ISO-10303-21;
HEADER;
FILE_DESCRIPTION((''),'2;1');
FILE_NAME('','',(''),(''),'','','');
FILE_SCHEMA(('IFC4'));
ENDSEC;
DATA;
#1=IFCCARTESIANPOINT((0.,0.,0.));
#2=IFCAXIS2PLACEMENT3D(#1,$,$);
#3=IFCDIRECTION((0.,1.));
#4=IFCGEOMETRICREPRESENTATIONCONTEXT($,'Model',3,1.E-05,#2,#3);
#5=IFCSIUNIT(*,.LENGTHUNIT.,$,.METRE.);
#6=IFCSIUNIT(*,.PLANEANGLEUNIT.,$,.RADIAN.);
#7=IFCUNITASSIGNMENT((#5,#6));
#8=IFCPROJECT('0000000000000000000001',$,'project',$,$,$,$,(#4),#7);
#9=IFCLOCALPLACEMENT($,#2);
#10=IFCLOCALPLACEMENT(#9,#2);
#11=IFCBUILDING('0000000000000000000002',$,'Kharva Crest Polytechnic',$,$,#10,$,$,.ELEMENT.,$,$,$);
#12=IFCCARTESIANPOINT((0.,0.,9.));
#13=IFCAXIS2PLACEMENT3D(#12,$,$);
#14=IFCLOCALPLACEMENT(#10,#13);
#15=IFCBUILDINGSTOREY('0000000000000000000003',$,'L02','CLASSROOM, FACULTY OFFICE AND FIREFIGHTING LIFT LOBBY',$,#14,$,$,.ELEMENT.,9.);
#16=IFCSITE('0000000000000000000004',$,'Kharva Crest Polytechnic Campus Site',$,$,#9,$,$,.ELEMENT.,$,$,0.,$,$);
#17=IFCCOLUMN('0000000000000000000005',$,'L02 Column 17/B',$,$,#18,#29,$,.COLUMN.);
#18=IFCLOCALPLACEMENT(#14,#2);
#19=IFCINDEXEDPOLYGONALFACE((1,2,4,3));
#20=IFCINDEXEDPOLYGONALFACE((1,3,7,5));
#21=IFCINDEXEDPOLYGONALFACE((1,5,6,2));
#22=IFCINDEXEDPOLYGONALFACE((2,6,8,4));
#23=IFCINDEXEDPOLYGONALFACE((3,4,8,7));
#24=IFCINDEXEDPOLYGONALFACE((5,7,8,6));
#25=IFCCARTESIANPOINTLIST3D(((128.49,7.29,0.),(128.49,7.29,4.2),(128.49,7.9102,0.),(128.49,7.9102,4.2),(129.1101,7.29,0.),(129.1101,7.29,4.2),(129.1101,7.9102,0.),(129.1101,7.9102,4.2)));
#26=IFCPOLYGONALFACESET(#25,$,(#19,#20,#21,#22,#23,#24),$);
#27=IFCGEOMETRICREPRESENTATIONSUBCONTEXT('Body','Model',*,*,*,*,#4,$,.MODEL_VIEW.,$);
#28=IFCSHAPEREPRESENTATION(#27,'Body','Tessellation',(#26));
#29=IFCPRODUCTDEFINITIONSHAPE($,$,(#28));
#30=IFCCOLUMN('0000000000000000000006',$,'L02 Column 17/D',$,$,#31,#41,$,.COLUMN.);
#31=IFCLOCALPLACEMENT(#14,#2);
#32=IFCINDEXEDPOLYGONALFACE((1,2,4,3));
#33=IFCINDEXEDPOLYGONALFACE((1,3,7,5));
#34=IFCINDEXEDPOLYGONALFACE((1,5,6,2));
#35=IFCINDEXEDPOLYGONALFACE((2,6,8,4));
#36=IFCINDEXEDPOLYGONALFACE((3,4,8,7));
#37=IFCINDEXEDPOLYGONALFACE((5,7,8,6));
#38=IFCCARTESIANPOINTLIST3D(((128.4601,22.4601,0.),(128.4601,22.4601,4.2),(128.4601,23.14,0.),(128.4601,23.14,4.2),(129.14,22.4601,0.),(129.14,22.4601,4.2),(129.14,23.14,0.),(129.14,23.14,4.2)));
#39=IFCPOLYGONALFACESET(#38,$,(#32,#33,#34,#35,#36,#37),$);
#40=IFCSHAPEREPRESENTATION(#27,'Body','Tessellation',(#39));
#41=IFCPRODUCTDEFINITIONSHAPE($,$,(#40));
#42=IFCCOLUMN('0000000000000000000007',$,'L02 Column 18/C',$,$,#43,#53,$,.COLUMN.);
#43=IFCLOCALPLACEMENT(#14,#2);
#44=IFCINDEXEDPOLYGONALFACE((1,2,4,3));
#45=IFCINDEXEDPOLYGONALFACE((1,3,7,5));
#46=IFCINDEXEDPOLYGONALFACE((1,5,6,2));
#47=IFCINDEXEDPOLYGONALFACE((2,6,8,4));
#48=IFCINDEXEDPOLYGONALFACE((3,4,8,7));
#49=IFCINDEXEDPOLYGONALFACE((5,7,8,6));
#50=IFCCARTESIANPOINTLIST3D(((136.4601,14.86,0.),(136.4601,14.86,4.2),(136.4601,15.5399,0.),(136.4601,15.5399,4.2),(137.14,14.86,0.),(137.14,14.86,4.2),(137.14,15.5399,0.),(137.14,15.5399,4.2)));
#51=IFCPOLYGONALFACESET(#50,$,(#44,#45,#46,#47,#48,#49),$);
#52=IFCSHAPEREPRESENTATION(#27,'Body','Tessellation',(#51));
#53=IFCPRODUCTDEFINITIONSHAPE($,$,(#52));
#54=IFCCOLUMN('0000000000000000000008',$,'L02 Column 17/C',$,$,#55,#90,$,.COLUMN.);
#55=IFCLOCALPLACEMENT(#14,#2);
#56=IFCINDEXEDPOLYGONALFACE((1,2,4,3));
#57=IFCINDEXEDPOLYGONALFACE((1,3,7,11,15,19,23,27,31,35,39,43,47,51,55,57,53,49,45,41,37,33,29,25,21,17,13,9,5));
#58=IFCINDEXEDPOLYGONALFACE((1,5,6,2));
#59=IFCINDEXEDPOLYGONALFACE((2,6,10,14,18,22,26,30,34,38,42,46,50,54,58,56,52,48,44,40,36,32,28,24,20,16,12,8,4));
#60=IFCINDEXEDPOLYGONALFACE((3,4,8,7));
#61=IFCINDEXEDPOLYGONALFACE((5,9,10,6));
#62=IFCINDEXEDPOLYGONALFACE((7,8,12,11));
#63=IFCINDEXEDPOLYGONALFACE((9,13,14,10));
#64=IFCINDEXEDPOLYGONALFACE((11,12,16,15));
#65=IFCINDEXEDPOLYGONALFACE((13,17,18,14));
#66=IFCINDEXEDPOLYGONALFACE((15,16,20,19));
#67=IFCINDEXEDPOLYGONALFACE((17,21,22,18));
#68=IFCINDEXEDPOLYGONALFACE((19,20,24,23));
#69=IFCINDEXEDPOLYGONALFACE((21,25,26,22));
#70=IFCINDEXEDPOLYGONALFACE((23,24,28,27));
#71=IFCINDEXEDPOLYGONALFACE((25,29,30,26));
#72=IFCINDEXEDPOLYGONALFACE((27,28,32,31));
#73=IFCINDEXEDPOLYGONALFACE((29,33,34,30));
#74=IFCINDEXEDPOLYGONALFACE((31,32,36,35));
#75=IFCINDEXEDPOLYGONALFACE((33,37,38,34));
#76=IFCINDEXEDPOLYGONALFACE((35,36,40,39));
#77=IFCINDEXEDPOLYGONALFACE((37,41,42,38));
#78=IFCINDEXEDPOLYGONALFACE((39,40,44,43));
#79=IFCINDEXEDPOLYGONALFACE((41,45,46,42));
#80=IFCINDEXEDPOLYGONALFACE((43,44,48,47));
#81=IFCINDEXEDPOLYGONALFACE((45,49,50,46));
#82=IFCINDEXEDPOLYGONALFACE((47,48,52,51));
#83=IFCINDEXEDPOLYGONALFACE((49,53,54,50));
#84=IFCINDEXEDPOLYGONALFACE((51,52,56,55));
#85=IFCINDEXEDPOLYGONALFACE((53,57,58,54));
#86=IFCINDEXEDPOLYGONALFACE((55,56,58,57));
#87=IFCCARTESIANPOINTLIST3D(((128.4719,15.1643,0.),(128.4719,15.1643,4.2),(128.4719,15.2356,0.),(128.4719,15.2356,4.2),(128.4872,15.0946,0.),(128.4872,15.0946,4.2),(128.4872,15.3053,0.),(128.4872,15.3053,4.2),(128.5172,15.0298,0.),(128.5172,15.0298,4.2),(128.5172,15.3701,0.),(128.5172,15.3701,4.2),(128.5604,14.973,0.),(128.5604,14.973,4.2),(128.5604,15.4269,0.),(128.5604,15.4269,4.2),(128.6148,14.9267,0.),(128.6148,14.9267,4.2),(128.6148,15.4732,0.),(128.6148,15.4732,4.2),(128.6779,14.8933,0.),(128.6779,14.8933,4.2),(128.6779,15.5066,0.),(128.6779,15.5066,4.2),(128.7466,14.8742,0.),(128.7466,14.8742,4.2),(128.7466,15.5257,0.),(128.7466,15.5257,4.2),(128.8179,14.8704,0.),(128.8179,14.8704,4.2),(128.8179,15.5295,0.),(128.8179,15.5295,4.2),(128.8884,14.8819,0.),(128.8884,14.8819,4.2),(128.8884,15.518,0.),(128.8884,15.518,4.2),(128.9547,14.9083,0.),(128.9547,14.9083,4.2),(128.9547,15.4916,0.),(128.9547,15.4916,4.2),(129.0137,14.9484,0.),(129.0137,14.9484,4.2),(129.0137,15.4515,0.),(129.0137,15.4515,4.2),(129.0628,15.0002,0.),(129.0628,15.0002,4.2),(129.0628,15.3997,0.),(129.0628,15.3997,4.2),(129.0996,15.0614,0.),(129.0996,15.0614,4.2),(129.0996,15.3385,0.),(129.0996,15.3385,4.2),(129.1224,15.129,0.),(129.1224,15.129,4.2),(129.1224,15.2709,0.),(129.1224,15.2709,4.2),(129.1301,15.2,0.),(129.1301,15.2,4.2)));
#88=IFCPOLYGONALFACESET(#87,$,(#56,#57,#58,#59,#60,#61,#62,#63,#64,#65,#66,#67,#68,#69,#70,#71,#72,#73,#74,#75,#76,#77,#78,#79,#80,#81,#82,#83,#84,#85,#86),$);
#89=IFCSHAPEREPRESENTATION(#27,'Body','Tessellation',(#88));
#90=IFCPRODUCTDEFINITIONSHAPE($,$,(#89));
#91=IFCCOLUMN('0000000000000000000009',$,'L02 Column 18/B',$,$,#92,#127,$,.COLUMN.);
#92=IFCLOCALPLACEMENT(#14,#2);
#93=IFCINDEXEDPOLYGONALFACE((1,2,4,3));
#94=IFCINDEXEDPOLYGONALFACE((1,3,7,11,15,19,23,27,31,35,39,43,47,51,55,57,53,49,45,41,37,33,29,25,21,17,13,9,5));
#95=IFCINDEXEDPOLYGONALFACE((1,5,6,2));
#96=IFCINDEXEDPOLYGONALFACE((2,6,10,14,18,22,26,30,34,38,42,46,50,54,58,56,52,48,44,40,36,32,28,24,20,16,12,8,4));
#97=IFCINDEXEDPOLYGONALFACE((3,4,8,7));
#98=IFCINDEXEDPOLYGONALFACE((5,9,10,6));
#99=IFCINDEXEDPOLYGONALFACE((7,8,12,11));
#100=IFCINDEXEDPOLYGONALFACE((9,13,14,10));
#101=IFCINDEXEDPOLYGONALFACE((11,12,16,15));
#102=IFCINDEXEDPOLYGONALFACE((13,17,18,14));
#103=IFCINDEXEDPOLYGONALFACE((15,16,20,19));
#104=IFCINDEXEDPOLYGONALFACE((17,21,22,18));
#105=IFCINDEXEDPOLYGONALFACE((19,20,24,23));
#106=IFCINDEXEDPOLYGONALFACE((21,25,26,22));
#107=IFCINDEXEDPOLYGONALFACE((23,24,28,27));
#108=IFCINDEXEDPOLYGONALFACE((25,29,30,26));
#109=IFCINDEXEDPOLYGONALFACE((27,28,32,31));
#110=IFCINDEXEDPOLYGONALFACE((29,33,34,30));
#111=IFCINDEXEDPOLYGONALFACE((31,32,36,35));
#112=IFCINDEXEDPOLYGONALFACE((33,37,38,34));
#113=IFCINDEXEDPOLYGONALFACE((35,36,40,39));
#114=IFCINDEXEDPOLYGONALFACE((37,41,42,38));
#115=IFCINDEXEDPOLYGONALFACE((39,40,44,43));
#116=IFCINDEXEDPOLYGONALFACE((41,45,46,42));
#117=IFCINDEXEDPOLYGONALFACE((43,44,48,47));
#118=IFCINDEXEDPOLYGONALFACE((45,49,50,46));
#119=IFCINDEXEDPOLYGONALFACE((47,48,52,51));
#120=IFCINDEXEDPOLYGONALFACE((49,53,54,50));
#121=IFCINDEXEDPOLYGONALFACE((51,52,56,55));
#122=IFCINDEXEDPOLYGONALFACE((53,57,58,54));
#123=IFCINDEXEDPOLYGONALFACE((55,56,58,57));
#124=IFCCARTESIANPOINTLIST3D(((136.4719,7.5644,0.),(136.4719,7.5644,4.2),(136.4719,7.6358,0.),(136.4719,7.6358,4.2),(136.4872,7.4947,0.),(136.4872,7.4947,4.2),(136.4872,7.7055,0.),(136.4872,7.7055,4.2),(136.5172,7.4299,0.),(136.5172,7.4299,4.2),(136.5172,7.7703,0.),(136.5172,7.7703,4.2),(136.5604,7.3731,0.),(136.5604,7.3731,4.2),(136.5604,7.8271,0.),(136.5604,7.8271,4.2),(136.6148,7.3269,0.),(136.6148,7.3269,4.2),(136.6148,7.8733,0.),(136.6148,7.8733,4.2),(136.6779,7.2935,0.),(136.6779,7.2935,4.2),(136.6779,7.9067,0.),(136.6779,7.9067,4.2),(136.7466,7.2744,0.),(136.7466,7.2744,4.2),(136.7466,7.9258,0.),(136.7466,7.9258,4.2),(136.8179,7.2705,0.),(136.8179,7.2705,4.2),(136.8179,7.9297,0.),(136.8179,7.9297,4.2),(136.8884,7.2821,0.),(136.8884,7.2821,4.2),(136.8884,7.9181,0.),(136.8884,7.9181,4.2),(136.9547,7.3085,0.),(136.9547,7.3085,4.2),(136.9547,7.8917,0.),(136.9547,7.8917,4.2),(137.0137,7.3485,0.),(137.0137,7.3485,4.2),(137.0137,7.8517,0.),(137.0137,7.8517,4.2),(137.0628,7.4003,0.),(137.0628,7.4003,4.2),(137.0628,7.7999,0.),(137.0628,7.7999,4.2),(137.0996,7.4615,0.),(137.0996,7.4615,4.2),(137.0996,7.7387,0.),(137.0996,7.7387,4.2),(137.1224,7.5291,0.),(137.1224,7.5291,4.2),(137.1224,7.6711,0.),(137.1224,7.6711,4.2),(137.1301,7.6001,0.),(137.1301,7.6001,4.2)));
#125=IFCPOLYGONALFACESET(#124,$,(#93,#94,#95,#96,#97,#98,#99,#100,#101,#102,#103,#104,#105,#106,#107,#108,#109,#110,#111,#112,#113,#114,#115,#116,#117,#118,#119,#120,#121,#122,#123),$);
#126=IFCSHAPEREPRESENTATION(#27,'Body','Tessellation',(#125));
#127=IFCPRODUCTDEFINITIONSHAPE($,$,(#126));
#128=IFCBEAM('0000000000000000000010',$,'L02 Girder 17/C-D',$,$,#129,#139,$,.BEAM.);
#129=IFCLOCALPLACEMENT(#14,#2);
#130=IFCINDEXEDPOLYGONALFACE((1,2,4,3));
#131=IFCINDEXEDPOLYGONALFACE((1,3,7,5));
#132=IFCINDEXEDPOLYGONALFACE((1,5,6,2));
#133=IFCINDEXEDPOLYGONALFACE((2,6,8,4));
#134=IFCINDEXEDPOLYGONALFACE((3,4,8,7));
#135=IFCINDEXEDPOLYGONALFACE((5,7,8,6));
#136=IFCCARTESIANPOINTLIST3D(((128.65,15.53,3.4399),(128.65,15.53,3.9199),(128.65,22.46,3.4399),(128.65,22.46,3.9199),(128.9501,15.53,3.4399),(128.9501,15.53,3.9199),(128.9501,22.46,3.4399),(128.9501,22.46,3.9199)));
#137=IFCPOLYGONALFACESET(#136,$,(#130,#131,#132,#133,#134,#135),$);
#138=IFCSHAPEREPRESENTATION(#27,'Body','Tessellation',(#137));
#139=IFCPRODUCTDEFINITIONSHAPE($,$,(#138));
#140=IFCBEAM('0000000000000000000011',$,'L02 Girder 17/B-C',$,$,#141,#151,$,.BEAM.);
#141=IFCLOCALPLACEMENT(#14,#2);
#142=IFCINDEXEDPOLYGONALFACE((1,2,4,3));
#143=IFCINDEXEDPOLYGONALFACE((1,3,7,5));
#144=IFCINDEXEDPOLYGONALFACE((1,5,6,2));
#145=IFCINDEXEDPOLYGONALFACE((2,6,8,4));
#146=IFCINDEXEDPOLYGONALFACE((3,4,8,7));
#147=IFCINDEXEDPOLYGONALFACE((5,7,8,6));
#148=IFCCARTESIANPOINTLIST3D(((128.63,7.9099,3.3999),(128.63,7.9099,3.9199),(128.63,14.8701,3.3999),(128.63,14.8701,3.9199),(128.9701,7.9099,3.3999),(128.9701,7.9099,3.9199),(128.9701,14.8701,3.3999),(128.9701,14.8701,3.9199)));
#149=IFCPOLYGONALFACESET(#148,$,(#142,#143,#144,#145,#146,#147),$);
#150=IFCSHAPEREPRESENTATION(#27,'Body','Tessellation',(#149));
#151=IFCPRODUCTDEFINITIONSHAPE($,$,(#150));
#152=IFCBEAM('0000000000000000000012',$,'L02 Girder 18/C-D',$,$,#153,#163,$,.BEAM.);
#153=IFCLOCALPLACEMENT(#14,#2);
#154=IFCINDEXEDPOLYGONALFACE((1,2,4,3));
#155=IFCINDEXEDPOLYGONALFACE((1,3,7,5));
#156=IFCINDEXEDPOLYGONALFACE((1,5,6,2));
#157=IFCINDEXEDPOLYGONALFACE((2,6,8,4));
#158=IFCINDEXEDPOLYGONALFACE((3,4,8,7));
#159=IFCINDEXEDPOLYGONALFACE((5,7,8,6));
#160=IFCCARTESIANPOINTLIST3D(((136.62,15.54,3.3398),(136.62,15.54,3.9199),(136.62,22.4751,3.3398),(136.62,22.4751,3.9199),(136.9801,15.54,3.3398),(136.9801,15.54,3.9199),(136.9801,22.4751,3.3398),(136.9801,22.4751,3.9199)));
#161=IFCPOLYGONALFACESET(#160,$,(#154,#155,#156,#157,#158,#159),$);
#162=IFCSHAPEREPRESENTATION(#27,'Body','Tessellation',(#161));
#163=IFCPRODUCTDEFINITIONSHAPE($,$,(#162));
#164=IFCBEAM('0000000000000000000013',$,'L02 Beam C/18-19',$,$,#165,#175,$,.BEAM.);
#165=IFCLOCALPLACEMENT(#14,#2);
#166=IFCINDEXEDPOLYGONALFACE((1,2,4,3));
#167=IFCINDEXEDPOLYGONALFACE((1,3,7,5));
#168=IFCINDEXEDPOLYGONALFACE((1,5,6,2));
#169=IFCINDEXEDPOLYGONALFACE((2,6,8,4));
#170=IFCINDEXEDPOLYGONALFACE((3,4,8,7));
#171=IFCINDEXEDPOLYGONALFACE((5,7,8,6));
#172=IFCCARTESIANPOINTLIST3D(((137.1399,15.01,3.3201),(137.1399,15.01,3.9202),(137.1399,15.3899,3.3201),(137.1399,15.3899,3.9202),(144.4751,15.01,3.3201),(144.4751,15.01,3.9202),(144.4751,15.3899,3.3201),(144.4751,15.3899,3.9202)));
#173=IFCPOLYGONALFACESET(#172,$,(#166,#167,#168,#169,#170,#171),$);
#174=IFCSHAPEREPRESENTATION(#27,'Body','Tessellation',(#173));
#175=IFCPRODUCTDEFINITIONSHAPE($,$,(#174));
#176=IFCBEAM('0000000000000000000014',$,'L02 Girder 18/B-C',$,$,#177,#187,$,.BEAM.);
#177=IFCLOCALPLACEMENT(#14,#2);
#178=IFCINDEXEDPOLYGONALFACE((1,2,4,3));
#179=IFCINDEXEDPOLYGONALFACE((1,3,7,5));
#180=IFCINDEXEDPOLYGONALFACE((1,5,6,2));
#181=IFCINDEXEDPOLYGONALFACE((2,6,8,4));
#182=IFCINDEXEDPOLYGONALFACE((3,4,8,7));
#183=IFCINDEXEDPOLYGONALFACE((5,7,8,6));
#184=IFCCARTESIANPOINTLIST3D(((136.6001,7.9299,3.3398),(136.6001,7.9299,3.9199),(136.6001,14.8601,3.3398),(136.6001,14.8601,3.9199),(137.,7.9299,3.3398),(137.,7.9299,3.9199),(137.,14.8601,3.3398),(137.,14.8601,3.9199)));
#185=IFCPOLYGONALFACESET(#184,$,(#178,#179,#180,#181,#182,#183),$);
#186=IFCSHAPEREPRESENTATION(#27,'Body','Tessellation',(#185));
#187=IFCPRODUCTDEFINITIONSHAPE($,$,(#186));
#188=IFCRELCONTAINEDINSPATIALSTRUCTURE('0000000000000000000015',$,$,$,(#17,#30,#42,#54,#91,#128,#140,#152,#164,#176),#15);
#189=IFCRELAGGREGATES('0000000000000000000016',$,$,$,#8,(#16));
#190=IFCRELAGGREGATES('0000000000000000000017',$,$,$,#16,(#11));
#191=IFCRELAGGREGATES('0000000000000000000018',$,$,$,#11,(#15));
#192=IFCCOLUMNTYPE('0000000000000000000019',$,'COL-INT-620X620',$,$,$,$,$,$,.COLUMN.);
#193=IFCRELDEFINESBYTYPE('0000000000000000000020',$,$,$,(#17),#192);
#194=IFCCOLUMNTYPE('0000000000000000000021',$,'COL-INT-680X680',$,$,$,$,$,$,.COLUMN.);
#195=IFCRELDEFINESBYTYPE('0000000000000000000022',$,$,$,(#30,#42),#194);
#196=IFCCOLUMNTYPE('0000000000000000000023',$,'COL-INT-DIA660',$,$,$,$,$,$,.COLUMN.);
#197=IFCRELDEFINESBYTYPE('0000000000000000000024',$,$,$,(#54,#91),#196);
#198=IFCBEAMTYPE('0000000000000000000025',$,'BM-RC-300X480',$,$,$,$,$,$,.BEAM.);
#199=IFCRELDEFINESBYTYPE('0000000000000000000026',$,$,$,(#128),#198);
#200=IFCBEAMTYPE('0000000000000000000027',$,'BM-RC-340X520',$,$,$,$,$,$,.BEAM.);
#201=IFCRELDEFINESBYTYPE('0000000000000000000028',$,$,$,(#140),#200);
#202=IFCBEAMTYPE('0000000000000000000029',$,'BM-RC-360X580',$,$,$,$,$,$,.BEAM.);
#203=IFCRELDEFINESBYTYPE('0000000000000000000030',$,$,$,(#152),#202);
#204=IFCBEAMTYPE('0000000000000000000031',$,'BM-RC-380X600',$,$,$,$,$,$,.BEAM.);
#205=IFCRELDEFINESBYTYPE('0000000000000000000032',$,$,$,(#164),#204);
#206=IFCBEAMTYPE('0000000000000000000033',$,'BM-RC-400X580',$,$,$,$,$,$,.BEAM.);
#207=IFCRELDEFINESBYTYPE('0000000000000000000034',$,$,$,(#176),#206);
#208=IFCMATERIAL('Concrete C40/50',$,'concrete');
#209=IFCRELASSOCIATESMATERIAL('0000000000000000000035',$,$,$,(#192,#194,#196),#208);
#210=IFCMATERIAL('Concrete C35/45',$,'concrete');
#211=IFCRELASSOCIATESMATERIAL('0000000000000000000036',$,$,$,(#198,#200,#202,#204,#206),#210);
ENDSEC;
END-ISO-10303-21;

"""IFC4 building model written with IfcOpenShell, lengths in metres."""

from ifc_helpers import new_model, si_unit, direction, frame, origin, origin_2d, place, context, subcontext, project, spatial, rectangle, circle, extrude, material, material_profile, profile_set, type_object, element, save


model = new_model("IFC4")

# Units and contexts
model_context = context("Model", 3, precision=1e-05, world=origin(), true_north=direction((0.0, 1.0)))
body_context = subcontext(model_context, "Body", "Model", "MODEL_VIEW")
ifc_project = project(units=[si_unit("LENGTHUNIT", "METRE"), si_unit("PLANEANGLEUNIT", "RADIAN")], contexts=[model_context])

# Site, building, storey
site_placement = place(None, origin())
site = spatial("IfcSite", under=ifc_project, at=site_placement, Name="Kharva Crest Polytechnic Campus Site", CompositionType="ELEMENT", RefElevation=0.0)
building_placement = place(site_placement, origin())
building = spatial("IfcBuilding", under=site, at=building_placement, Name="Kharva Crest Polytechnic", CompositionType="ELEMENT")
storey_placement = place(building_placement, frame((0.0, 0.0, 9.0)))
storey = spatial("IfcBuildingStorey", under=building, at=storey_placement, Name="L02", Description="CLASSROOM, FACULTY OFFICE AND FIREFIGHTING LIFT LOBBY", CompositionType="ELEMENT", Elevation=9.0)

# Columns
ifc_material_1 = material(Name="Concrete C40/50", Category="concrete")
ifc_material_profile_1 = material_profile(ifc_material_1, rectangle(XDim=0.6201, YDim=0.6201, at=origin_2d()), Name="RECT 620 X 620")
ifc_profile_set_1 = profile_set([ifc_material_profile_1], Name="Concrete C40/50")
column_type_1 = type_object("IfcColumnType", Name="COL-INT-620X620", PredefinedType="COLUMN", material=ifc_profile_set_1)
column_placement = place(storey_placement, frame((128.8, 7.6001, 0.0), z_axis=(0.0, 0.0, 1.0), x_axis=(1.0, 0.0, 0.0)))
element("IfcColumn", 1, at=column_placement, inside=storey, type_object=column_type_1, Name="L02 Column 17/B", PredefinedType="COLUMN", context=body_context, shape_type="SweptSolid", body=[
    extrude(rectangle(XDim=0.6201, YDim=0.6201, at=origin_2d()), origin(), (0.0, 0.0, 1.0), 4.2),
])
ifc_material_profile_2 = material_profile(ifc_material_1, rectangle(XDim=0.6799, YDim=0.6799, at=origin_2d()), Name="RECT 680 X 680")
ifc_profile_set_2 = profile_set([ifc_material_profile_2], Name="Concrete C40/50")
column_type_2 = type_object("IfcColumnType", Name="COL-INT-680X680", PredefinedType="COLUMN", material=ifc_profile_set_2)
for number, where, z_axis, x_axis, name in (
    (2, (128.8, 22.8, 0.0), (0.0, 0.0, 1.0), (1.0, 0.0, 0.0), "L02 Column 17/D"),
    (3, (136.8, 15.2, 0.0), (0.0, 0.0, 1.0), (1.0, 0.0, 0.0), "L02 Column 18/C"),
):
    element("IfcColumn", number, at=place(storey_placement, frame(where, z_axis=z_axis, x_axis=x_axis)), inside=storey, type_object=column_type_2, Name=name, PredefinedType="COLUMN", context=body_context, shape_type="SweptSolid", body=[
        extrude(rectangle(XDim=0.6799, YDim=0.6799, at=origin_2d()), origin(), (0.0, 0.0, 1.0), 4.2),
    ])
ifc_material_profile_3 = material_profile(ifc_material_1, circle(Radius=0.3301, at=origin_2d()), Name="DIA 660")
ifc_profile_set_3 = profile_set([ifc_material_profile_3], Name="Concrete C40/50")
column_type_3 = type_object("IfcColumnType", Name="COL-INT-DIA660", PredefinedType="COLUMN", material=ifc_profile_set_3)
for number, where, z_axis, x_axis, name in (
    (4, (128.8, 15.2, 0.0), (0.0, 0.0, 1.0), (1.0, 0.0, 0.0), "L02 Column 17/C"),
    (5, (136.8, 7.6001, 0.0), (0.0, 0.0, 1.0), (1.0, 0.0, 0.0), "L02 Column 18/B"),
):
    element("IfcColumn", number, at=place(storey_placement, frame(where, z_axis=z_axis, x_axis=x_axis)), inside=storey, type_object=column_type_3, Name=name, PredefinedType="COLUMN", context=body_context, shape_type="SweptSolid", body=[
        extrude(circle(Radius=0.3301, at=origin_2d()), origin(), (0.0, 0.0, 1.0), 4.2),
    ])

# Beams
ifc_material_2 = material(Name="Concrete C35/45", Category="concrete")
ifc_material_profile_4 = material_profile(ifc_material_2, rectangle(XDim=0.3, YDim=0.48, at=origin_2d()), Name="RECT 300 X 480")
ifc_profile_set_4 = profile_set([ifc_material_profile_4], Name="Concrete C35/45")
beam_type_1 = type_object("IfcBeamType", Name="BM-RC-300X480", PredefinedType="BEAM", material=ifc_profile_set_4)
beam_1_placement = place(storey_placement, frame((128.8, 15.53, 3.6799), z_axis=(0.0, 1.0, 0.0), x_axis=(-1.0, 0.0, 0.0)))
element("IfcBeam", 6, at=beam_1_placement, inside=storey, type_object=beam_type_1, Name="L02 Girder 17/C-D", PredefinedType="BEAM", context=body_context, shape_type="SweptSolid", body=[
    extrude(rectangle(XDim=0.3, YDim=0.48, at=origin_2d()), origin(), (0.0, 0.0, 1.0), 6.9299),
])
ifc_material_profile_5 = material_profile(ifc_material_2, rectangle(XDim=0.3401, YDim=0.52, at=origin_2d()), Name="RECT 340 X 520")
ifc_profile_set_5 = profile_set([ifc_material_profile_5], Name="Concrete C35/45")
beam_type_2 = type_object("IfcBeamType", Name="BM-RC-340X520", PredefinedType="BEAM", material=ifc_profile_set_5)
beam_2_placement = place(storey_placement, frame((128.8, 7.9099, 3.6599), z_axis=(0.0, 1.0, 0.0), x_axis=(-1.0, 0.0, 0.0)))
element("IfcBeam", 7, at=beam_2_placement, inside=storey, type_object=beam_type_2, Name="L02 Girder 17/B-C", PredefinedType="BEAM", context=body_context, shape_type="SweptSolid", body=[
    extrude(rectangle(XDim=0.3401, YDim=0.52, at=origin_2d()), origin(), (0.0, 0.0, 1.0), 6.9602),
])
ifc_material_profile_6 = material_profile(ifc_material_2, rectangle(XDim=0.3601, YDim=0.5801, at=origin_2d()), Name="RECT 360 X 580")
ifc_profile_set_6 = profile_set([ifc_material_profile_6], Name="Concrete C35/45")
beam_type_3 = type_object("IfcBeamType", Name="BM-RC-360X580", PredefinedType="BEAM", material=ifc_profile_set_6)
beam_3_placement = place(storey_placement, frame((136.8, 15.54, 3.6299), z_axis=(0.0, 1.0, 0.0), x_axis=(-1.0, 0.0, 0.0)))
element("IfcBeam", 8, at=beam_3_placement, inside=storey, type_object=beam_type_3, Name="L02 Girder 18/C-D", PredefinedType="BEAM", context=body_context, shape_type="SweptSolid", body=[
    extrude(rectangle(XDim=0.3601, YDim=0.5801, at=origin_2d()), origin(), (0.0, 0.0, 1.0), 6.9351),
])
ifc_material_profile_7 = material_profile(ifc_material_2, rectangle(XDim=0.3799, YDim=0.6001, at=origin_2d()), Name="RECT 380 X 600")
ifc_profile_set_7 = profile_set([ifc_material_profile_7], Name="Concrete C35/45")
beam_type_4 = type_object("IfcBeamType", Name="BM-RC-380X600", PredefinedType="BEAM", material=ifc_profile_set_7)
beam_4_placement = place(storey_placement, frame((137.1399, 15.2, 3.6201), z_axis=(1.0, 0.0, 0.0), x_axis=(0.0, 1.0, 0.0)))
element("IfcBeam", 9, at=beam_4_placement, inside=storey, type_object=beam_type_4, Name="L02 Beam C/18-19", PredefinedType="BEAM", context=body_context, shape_type="SweptSolid", body=[
    extrude(rectangle(XDim=0.3799, YDim=0.6001, at=origin_2d()), origin(), (0.0, 0.0, 1.0), 7.3352),
])
ifc_material_profile_8 = material_profile(ifc_material_2, rectangle(XDim=0.3999, YDim=0.5801, at=origin_2d()), Name="RECT 400 X 580")
ifc_profile_set_8 = profile_set([ifc_material_profile_8], Name="Concrete C35/45")
beam_type_5 = type_object("IfcBeamType", Name="BM-RC-400X580", PredefinedType="BEAM", material=ifc_profile_set_8)
beam_5_placement = place(storey_placement, frame((136.8, 7.9299, 3.6299), z_axis=(0.0, 1.0, 0.0), x_axis=(-1.0, 0.0, 0.0)))
element("IfcBeam", 10, at=beam_5_placement, inside=storey, type_object=beam_type_5, Name="L02 Girder 18/B-C", PredefinedType="BEAM", context=body_context, shape_type="SweptSolid", body=[
    extrude(rectangle(XDim=0.3999, YDim=0.5801, at=origin_2d()), origin(), (0.0, 0.0, 1.0), 6.9302),
])

save(model, "model.ifc")
